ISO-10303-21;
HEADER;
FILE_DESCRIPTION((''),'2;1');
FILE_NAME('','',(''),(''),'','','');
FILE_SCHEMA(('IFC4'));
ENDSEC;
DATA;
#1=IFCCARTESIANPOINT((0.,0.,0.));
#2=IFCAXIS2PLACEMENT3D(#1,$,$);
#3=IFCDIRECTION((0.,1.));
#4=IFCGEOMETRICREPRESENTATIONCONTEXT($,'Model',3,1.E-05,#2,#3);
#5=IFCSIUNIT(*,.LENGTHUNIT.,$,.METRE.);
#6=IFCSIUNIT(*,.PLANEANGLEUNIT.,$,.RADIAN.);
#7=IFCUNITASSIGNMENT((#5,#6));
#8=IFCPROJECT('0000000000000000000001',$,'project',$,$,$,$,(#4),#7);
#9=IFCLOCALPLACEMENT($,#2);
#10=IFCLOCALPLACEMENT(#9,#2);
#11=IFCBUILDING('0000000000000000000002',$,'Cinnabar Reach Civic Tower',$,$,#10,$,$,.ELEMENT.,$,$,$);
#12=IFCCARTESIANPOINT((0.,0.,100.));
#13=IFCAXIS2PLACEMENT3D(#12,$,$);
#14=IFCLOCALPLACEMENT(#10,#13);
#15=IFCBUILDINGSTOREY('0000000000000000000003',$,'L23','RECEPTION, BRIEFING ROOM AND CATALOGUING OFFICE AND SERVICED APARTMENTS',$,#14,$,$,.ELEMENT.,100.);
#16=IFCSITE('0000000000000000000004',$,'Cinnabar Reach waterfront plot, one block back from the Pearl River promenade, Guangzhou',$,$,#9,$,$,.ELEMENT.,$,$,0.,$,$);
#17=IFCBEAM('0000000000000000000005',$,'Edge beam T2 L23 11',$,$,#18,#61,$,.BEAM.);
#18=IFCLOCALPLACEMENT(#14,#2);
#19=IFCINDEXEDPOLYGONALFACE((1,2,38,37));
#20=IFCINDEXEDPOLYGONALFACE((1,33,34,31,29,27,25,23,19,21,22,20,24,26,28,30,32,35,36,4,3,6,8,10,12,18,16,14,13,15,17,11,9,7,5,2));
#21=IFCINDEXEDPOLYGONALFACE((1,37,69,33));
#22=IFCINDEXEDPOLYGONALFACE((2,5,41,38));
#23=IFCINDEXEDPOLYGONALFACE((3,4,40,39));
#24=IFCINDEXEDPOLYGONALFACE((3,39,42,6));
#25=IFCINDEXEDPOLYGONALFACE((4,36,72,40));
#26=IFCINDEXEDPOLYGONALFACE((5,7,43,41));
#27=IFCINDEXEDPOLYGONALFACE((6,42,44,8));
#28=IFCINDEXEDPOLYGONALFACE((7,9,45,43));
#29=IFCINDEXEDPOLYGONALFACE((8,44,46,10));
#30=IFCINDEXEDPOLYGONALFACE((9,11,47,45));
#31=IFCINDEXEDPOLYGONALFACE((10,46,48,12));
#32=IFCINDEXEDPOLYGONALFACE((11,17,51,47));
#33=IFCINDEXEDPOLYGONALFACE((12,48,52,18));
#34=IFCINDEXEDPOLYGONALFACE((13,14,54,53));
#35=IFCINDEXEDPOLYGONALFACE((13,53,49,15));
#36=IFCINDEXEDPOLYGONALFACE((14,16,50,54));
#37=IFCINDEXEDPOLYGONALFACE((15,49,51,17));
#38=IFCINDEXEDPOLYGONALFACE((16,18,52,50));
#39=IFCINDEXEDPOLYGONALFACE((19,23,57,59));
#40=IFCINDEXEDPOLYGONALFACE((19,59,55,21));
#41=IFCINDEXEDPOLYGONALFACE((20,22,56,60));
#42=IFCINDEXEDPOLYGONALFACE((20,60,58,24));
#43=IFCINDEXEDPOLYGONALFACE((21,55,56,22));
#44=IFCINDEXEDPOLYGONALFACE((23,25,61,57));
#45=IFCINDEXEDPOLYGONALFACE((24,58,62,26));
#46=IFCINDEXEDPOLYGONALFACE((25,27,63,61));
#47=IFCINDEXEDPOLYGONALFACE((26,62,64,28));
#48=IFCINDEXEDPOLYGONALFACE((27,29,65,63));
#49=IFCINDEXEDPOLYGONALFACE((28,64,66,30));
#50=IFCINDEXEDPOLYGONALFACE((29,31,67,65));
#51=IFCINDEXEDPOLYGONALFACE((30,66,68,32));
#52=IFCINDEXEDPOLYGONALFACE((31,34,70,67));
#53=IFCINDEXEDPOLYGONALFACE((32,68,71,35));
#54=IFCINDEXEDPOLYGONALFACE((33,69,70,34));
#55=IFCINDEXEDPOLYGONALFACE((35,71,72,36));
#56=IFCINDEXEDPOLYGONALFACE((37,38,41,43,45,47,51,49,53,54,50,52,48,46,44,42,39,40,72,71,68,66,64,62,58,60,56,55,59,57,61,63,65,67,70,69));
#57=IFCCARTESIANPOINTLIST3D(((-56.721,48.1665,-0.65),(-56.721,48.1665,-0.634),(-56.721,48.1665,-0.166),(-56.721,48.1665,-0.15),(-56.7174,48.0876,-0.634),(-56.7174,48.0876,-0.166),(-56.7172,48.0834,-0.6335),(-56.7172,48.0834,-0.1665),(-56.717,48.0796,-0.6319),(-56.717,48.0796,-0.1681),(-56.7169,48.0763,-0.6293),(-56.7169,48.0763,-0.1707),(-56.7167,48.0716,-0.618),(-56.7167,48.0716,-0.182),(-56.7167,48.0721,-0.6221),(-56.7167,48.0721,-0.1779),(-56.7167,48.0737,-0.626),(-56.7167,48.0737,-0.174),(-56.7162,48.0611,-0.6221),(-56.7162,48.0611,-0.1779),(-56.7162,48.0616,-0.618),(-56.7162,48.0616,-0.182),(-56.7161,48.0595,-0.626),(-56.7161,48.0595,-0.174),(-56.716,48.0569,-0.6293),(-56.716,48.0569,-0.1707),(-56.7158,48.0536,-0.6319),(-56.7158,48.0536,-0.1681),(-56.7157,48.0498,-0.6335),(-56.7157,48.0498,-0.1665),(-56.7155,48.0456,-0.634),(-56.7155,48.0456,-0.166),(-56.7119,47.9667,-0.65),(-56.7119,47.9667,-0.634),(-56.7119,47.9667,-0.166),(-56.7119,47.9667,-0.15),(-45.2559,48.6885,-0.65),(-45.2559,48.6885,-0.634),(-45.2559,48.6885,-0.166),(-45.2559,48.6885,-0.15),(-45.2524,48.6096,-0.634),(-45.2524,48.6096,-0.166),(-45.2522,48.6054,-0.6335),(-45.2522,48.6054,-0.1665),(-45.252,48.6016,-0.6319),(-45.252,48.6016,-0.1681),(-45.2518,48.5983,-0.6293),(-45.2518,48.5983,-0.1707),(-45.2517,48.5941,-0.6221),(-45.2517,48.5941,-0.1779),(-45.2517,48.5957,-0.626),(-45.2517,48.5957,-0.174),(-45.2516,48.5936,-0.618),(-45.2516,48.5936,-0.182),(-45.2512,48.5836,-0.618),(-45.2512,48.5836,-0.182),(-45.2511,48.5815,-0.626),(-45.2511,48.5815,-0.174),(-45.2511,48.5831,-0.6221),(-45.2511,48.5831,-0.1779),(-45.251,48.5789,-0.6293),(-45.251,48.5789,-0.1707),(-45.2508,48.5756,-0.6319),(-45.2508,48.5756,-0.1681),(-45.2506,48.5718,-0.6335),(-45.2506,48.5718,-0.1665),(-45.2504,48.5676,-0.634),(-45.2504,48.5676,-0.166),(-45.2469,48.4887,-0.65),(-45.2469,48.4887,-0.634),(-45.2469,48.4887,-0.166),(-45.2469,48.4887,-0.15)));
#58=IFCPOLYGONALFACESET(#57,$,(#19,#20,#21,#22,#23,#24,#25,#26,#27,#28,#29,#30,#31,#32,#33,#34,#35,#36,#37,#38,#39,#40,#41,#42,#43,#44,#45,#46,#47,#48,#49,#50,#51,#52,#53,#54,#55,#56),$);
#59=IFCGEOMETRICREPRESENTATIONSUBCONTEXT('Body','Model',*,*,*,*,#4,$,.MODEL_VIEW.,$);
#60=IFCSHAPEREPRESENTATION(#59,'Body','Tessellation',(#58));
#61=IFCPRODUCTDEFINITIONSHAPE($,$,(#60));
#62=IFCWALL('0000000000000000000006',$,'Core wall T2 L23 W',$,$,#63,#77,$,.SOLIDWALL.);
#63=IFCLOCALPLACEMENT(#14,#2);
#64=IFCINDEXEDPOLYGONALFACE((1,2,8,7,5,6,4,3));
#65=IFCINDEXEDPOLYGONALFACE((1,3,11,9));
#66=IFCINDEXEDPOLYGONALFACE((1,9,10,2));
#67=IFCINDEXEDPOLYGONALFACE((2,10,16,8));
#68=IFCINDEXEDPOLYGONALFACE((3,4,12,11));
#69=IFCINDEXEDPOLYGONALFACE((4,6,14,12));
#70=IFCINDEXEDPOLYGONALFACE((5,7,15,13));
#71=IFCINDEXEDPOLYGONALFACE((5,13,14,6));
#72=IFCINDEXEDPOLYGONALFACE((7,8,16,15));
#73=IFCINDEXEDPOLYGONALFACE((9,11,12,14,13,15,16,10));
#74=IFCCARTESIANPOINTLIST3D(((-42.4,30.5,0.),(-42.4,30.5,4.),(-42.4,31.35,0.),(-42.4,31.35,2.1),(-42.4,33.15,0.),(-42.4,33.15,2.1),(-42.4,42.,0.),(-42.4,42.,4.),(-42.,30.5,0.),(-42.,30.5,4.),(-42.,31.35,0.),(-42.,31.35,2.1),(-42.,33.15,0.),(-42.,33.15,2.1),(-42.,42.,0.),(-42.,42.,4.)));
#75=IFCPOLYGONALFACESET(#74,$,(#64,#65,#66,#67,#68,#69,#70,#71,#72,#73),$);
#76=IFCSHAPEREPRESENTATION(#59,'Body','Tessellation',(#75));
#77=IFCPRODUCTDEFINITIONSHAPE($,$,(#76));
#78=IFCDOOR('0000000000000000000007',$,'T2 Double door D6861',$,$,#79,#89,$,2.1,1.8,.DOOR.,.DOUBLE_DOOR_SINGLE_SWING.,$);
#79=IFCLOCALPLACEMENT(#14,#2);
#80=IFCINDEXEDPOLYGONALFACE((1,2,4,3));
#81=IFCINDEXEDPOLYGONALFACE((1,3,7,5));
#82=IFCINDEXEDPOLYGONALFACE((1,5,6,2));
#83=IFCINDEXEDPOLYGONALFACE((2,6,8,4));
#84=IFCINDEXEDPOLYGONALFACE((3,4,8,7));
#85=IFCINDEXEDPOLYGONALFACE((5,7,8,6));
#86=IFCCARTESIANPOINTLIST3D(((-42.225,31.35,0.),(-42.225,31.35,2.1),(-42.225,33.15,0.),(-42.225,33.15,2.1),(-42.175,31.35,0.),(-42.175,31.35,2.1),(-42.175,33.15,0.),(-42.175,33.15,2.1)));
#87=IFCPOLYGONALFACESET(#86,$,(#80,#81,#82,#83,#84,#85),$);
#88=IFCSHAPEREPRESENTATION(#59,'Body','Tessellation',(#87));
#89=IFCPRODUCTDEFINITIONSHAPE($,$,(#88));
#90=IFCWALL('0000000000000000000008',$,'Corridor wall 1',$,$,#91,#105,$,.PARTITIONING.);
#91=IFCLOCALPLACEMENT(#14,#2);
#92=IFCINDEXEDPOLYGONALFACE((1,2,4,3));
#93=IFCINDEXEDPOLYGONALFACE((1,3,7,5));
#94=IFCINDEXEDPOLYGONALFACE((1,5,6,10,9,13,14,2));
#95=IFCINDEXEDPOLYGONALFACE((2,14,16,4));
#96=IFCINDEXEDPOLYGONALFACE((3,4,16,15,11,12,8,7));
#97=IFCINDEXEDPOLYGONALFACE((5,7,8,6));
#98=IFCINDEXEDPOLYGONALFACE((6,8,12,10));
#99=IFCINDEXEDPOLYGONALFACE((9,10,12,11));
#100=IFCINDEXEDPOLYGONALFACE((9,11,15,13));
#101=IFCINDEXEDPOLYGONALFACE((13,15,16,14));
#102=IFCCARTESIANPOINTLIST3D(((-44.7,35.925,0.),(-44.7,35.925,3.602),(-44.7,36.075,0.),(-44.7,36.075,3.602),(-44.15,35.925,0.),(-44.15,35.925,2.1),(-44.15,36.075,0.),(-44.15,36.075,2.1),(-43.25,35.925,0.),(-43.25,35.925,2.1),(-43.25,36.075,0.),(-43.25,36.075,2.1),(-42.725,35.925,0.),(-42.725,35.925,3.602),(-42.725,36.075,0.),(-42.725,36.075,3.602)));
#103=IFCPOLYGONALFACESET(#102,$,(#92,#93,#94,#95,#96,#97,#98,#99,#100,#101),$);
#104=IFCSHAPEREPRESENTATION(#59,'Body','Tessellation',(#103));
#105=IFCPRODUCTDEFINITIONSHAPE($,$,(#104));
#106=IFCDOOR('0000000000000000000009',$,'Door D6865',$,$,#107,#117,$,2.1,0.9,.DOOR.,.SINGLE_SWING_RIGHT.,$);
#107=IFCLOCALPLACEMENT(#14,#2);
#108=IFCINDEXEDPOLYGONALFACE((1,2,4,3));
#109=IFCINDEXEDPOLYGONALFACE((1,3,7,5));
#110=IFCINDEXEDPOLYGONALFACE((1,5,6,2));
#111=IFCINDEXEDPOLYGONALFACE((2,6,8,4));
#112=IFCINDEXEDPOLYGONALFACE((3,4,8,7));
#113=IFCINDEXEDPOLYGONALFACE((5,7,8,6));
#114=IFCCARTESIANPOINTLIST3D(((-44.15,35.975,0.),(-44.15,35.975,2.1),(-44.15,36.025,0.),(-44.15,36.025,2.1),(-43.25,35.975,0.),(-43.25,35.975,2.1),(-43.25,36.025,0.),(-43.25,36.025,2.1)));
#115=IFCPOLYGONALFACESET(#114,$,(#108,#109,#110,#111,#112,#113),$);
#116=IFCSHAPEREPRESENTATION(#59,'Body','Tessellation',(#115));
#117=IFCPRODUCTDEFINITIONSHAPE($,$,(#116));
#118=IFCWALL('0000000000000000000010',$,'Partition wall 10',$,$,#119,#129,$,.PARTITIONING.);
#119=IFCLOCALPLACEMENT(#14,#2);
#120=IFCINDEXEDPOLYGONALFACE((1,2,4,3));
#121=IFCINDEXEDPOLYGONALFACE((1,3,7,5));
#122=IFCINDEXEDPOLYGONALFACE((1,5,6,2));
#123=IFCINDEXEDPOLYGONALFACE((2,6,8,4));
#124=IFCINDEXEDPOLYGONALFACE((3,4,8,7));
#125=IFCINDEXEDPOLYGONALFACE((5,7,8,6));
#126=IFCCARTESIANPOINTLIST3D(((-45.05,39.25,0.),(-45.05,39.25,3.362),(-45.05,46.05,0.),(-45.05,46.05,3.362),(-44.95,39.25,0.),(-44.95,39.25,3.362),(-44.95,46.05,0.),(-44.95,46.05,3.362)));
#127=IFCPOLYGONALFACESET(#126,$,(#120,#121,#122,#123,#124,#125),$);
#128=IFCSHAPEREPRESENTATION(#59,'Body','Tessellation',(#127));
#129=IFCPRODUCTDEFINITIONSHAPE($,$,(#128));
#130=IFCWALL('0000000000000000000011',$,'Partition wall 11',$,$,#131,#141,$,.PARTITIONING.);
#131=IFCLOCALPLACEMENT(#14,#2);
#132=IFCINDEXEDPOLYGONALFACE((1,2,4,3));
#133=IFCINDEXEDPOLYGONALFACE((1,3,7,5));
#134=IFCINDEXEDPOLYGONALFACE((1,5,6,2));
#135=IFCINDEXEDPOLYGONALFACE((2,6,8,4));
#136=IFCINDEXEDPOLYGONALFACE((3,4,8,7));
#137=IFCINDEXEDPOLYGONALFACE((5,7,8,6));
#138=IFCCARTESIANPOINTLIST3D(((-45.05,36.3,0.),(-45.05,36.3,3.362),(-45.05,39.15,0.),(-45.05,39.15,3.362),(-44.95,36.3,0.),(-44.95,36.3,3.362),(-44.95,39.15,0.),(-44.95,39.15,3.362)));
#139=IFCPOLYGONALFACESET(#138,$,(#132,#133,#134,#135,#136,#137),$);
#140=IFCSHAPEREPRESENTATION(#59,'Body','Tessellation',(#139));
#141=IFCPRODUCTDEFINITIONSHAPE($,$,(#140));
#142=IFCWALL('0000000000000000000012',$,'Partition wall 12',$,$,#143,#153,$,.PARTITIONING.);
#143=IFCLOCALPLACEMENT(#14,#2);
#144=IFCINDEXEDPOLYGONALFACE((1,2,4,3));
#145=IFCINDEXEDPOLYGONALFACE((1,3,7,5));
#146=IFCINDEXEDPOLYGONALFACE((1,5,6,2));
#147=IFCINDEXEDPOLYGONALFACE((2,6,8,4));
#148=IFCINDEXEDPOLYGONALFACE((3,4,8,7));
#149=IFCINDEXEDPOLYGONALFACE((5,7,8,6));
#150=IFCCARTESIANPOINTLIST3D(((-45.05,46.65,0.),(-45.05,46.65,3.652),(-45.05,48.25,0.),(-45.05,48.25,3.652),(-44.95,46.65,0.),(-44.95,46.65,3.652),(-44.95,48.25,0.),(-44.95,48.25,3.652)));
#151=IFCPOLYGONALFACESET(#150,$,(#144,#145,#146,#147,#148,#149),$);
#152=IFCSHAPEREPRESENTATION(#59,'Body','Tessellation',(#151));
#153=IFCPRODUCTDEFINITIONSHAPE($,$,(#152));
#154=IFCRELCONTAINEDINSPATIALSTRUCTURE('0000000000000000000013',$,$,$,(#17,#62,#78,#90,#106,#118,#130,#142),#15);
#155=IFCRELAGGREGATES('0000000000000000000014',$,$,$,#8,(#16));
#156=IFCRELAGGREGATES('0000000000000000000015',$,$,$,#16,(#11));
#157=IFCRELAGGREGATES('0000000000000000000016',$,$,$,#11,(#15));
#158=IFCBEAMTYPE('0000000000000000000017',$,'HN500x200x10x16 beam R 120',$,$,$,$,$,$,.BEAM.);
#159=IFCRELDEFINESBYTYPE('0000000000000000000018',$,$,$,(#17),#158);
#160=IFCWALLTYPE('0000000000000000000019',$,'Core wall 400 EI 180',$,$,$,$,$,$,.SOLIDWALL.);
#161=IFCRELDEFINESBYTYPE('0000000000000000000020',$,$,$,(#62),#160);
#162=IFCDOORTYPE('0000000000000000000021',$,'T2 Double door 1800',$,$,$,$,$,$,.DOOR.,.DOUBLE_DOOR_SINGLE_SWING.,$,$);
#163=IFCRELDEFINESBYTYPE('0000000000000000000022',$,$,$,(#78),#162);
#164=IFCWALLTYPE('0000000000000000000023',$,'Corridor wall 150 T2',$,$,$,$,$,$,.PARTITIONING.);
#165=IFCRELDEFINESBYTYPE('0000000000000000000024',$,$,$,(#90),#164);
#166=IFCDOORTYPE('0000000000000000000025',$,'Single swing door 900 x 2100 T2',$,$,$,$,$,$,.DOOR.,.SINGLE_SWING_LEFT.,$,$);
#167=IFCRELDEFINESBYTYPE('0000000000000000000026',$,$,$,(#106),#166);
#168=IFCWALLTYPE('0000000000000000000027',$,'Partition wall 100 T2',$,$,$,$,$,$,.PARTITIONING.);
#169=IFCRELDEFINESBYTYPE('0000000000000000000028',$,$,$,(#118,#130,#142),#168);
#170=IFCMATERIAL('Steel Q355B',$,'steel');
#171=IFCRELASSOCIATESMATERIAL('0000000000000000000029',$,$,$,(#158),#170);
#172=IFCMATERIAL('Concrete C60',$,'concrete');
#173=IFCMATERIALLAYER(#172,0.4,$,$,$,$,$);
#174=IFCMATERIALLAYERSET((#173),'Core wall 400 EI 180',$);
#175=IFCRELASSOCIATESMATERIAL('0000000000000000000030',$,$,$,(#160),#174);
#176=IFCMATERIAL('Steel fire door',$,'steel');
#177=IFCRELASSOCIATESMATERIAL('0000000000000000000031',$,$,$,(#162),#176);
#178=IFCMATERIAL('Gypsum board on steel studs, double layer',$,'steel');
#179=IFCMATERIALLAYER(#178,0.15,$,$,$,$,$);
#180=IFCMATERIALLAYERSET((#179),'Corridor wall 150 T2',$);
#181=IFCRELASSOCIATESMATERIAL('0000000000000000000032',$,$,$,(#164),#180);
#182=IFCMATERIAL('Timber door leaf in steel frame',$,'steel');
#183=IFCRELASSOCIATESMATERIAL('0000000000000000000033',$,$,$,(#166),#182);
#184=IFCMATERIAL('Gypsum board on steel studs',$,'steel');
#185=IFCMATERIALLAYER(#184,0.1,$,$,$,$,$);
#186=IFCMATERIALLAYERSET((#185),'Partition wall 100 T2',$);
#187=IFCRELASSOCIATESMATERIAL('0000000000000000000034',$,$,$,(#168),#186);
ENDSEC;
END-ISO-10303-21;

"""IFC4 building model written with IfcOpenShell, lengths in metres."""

from ifc_helpers import new_model, si_unit, direction, frame, frame_2d, origin, origin_2d, place, context, subcontext, project, spatial, rectangle, i_section, extrude, material, layer, layer_set, material_profile, profile_set, type_object, element, fill, save


model = new_model("IFC4")

# Units and contexts
model_context = context("Model", 3, precision=1e-05, world=origin(), true_north=direction((0.0, 1.0)))
body_context = subcontext(model_context, "Body", "Model", "MODEL_VIEW")
ifc_project = project(units=[si_unit("LENGTHUNIT", "METRE"), si_unit("PLANEANGLEUNIT", "RADIAN")], contexts=[model_context])

# Site, building, storey
site_placement = place(None, origin())
site = spatial("IfcSite", under=ifc_project, at=site_placement, Name="Cinnabar Reach waterfront plot, one block back from the Pearl River promenade, Guangzhou", CompositionType="ELEMENT", RefElevation=0.0)
building_placement = place(site_placement, origin())
building = spatial("IfcBuilding", under=site, at=building_placement, Name="Cinnabar Reach Civic Tower", CompositionType="ELEMENT")
storey_placement = place(building_placement, frame((0.0, 0.0, 100.0)))
storey = spatial("IfcBuildingStorey", under=building, at=storey_placement, Name="L23", Description="RECEPTION, BRIEFING ROOM AND CATALOGUING OFFICE AND SERVICED APARTMENTS", CompositionType="ELEMENT", Elevation=100.0)

# Shared definitions
ifc_material_1 = material(Name="Concrete C60", Category="concrete")

# Beam
ifc_material_2 = material(Name="Steel Q355B", Category="steel")
ifc_material_profile_1 = material_profile(ifc_material_2, i_section(OverallWidth=0.2, OverallDepth=0.5, WebThickness=0.01, FlangeThickness=0.016, FilletRadius=0.016, at=origin_2d()), Name="HN500x200x10x16")
ifc_profile_set_1 = profile_set([ifc_material_profile_1], Name="Steel Q355B")
beam_type_1 = type_object("IfcBeamType", Name="HN500x200x10x16 beam R 120", PredefinedType="BEAM", material=ifc_profile_set_1)
beam_1_placement = place(storey_placement, frame((-45.2514, 48.5886, -0.4), z_axis=(-0.998965, -0.045483, 0.0), x_axis=(0.045483, -0.998965, 0.0)))
element("IfcBeam", 1, at=beam_1_placement, inside=storey, type_object=beam_type_1, Name="Edge beam T2 L23 11", PredefinedType="BEAM", context=body_context, shape_type="SweptSolid", body=[
    extrude(i_section(OverallWidth=0.2, OverallDepth=0.5, WebThickness=0.01, FlangeThickness=0.016, FilletRadius=0.016, at=origin_2d()), origin(), (0.0, 0.0, 1.0), 11.4769),
])

# Walls, openings, doors
ifc_layer_1 = layer(ifc_material_1, 0.4)
ifc_layer_set_1 = layer_set([ifc_layer_1], Name="Core wall 400 EI 180")
wall_type_1 = type_object("IfcWallType", Name="Core wall 400 EI 180", PredefinedType="SOLIDWALL", material=ifc_layer_set_1)
wall_1_placement = place(storey_placement, frame((-42.2, 42.0, 0.0), z_axis=(0.0, 0.0, 1.0), x_axis=(0.0, -1.0, 0.0)))
wall_1 = element("IfcWall", 2, at=wall_1_placement, inside=storey, type_object=wall_type_1, Name="Core wall T2 L23 W", PredefinedType="SOLIDWALL", context=body_context, shape_type="SweptSolid", body=[
    extrude(rectangle(XDim=11.5, YDim=0.4, at=frame_2d((5.75, 0.0))), origin(), (0.0, 0.0, 1.0), 4.0),
])
opening_1_placement = place(wall_1_placement, frame((8.85, 0.0, 0.0)))
opening_1 = element("IfcOpeningElement", 3, at=opening_1_placement, cuts=wall_1, PredefinedType="OPENING", context=body_context, shape_type="SweptSolid", body=[
    extrude(rectangle(XDim=1.8, YDim=2.1, at=frame_2d((0.9, 1.05))), frame((0.0, 0.21, 0.0), z_axis=(0.0, -1.0, 0.0), x_axis=(1.0, 0.0, 0.0)), (0.0, 0.0, 1.0), 0.42),
])
ifc_material_3 = material(Name="Steel fire door", Category="steel")
door_type_1 = type_object("IfcDoorType", Name="T2 Double door 1800", OperationType="DOUBLE_DOOR_SINGLE_SWING", PredefinedType="DOOR", material=ifc_material_3)
door_1_placement = place(opening_1_placement, frame((1.8, 0.0, 0.0), z_axis=(0.0, 0.0, 1.0), x_axis=(-1.0, 0.0, 0.0)))
door_1 = element("IfcDoor", 4, at=door_1_placement, inside=storey, type_object=door_type_1, Name="T2 Double door D6861", OperationType="DOUBLE_DOOR_SINGLE_SWING", OverallHeight=2.1, OverallWidth=1.8, PredefinedType="DOOR", context=body_context, shape_type="SweptSolid", body=[
    extrude(rectangle(XDim=1.8, YDim=2.1, at=frame_2d((0.9, 1.05))), frame((0.0, 0.025, 0.0), z_axis=(0.0, -1.0, 0.0), x_axis=(1.0, 0.0, 0.0)), (0.0, 0.0, 1.0), 0.05),
])
fill(opening_1, door_1)
ifc_material_4 = material(Name="Gypsum board on steel studs, double layer", Category="steel")
ifc_layer_2 = layer(ifc_material_4, 0.15)
ifc_layer_set_2 = layer_set([ifc_layer_2], Name="Corridor wall 150 T2")
wall_type_2 = type_object("IfcWallType", Name="Corridor wall 150 T2", PredefinedType="PARTITIONING", material=ifc_layer_set_2)
wall_2_placement = place(storey_placement, frame((-44.7, 36.0, 0.0), z_axis=(0.0, 0.0, 1.0), x_axis=(1.0, 0.0, 0.0)))
wall_2 = element("IfcWall", 5, at=wall_2_placement, inside=storey, type_object=wall_type_2, Name="Corridor wall 1", PredefinedType="PARTITIONING", context=body_context, shape_type="SweptSolid", body=[
    extrude(rectangle(XDim=1.975, YDim=0.15, at=frame_2d((0.9875, 0.0))), origin(), (0.0, 0.0, 1.0), 3.602),
])
opening_2_placement = place(wall_2_placement, frame((0.55, 0.0, 0.0)))
opening_2 = element("IfcOpeningElement", 6, at=opening_2_placement, cuts=wall_2, PredefinedType="OPENING", context=body_context, shape_type="SweptSolid", body=[
    extrude(rectangle(XDim=0.9, YDim=2.1, at=frame_2d((0.45, 1.05))), frame((0.0, 0.085, 0.0), z_axis=(0.0, -1.0, 0.0), x_axis=(1.0, 0.0, 0.0)), (0.0, 0.0, 1.0), 0.17),
])
ifc_material_5 = material(Name="Timber door leaf in steel frame", Category="steel")
door_type_2 = type_object("IfcDoorType", Name="Single swing door 900 x 2100 T2", OperationType="SINGLE_SWING_LEFT", PredefinedType="DOOR", material=ifc_material_5)
door_2_placement = place(opening_2_placement, origin())
door_2 = element("IfcDoor", 7, at=door_2_placement, inside=storey, type_object=door_type_2, Name="Door D6865", OperationType="SINGLE_SWING_RIGHT", OverallHeight=2.1, OverallWidth=0.9, PredefinedType="DOOR", context=body_context, shape_type="SweptSolid", body=[
    extrude(rectangle(XDim=0.9, YDim=2.1, at=frame_2d((0.45, 1.05))), frame((0.0, 0.025, 0.0), z_axis=(0.0, -1.0, 0.0), x_axis=(1.0, 0.0, 0.0)), (0.0, 0.0, 1.0), 0.05),
])
fill(opening_2, door_2)

# Walls
ifc_material_6 = material(Name="Gypsum board on steel studs", Category="steel")
ifc_layer_3 = layer(ifc_material_6, 0.1)
ifc_layer_set_3 = layer_set([ifc_layer_3], Name="Partition wall 100 T2")
wall_type_3 = type_object("IfcWallType", Name="Partition wall 100 T2", PredefinedType="PARTITIONING", material=ifc_layer_set_3)
wall_3_placement = place(storey_placement, frame((-45.0, 39.25, 0.0), z_axis=(0.0, 0.0, 1.0), x_axis=(0.0, 1.0, 0.0)))
element("IfcWall", 8, at=wall_3_placement, inside=storey, type_object=wall_type_3, Name="Partition wall 10", PredefinedType="PARTITIONING", context=body_context, shape_type="SweptSolid", body=[
    extrude(rectangle(XDim=6.8, YDim=0.1, at=frame_2d((3.4, 0.0))), origin(), (0.0, 0.0, 1.0), 3.362),
])
wall_4_placement = place(storey_placement, frame((-45.0, 36.3, 0.0), z_axis=(0.0, 0.0, 1.0), x_axis=(0.0, 1.0, 0.0)))
element("IfcWall", 9, at=wall_4_placement, inside=storey, type_object=wall_type_3, Name="Partition wall 11", PredefinedType="PARTITIONING", context=body_context, shape_type="SweptSolid", body=[
    extrude(rectangle(XDim=2.85, YDim=0.1, at=frame_2d((1.425, 0.0))), origin(), (0.0, 0.0, 1.0), 3.362),
])
wall_5_placement = place(storey_placement, frame((-45.0, 46.65, 0.0), z_axis=(0.0, 0.0, 1.0), x_axis=(0.0, 1.0, 0.0)))
element("IfcWall", 10, at=wall_5_placement, inside=storey, type_object=wall_type_3, Name="Partition wall 12", PredefinedType="PARTITIONING", context=body_context, shape_type="SweptSolid", body=[
    extrude(rectangle(XDim=1.6, YDim=0.1, at=frame_2d((0.8, 0.0))), origin(), (0.0, 0.0, 1.0), 3.652),
])

save(model, "model.ifc")
